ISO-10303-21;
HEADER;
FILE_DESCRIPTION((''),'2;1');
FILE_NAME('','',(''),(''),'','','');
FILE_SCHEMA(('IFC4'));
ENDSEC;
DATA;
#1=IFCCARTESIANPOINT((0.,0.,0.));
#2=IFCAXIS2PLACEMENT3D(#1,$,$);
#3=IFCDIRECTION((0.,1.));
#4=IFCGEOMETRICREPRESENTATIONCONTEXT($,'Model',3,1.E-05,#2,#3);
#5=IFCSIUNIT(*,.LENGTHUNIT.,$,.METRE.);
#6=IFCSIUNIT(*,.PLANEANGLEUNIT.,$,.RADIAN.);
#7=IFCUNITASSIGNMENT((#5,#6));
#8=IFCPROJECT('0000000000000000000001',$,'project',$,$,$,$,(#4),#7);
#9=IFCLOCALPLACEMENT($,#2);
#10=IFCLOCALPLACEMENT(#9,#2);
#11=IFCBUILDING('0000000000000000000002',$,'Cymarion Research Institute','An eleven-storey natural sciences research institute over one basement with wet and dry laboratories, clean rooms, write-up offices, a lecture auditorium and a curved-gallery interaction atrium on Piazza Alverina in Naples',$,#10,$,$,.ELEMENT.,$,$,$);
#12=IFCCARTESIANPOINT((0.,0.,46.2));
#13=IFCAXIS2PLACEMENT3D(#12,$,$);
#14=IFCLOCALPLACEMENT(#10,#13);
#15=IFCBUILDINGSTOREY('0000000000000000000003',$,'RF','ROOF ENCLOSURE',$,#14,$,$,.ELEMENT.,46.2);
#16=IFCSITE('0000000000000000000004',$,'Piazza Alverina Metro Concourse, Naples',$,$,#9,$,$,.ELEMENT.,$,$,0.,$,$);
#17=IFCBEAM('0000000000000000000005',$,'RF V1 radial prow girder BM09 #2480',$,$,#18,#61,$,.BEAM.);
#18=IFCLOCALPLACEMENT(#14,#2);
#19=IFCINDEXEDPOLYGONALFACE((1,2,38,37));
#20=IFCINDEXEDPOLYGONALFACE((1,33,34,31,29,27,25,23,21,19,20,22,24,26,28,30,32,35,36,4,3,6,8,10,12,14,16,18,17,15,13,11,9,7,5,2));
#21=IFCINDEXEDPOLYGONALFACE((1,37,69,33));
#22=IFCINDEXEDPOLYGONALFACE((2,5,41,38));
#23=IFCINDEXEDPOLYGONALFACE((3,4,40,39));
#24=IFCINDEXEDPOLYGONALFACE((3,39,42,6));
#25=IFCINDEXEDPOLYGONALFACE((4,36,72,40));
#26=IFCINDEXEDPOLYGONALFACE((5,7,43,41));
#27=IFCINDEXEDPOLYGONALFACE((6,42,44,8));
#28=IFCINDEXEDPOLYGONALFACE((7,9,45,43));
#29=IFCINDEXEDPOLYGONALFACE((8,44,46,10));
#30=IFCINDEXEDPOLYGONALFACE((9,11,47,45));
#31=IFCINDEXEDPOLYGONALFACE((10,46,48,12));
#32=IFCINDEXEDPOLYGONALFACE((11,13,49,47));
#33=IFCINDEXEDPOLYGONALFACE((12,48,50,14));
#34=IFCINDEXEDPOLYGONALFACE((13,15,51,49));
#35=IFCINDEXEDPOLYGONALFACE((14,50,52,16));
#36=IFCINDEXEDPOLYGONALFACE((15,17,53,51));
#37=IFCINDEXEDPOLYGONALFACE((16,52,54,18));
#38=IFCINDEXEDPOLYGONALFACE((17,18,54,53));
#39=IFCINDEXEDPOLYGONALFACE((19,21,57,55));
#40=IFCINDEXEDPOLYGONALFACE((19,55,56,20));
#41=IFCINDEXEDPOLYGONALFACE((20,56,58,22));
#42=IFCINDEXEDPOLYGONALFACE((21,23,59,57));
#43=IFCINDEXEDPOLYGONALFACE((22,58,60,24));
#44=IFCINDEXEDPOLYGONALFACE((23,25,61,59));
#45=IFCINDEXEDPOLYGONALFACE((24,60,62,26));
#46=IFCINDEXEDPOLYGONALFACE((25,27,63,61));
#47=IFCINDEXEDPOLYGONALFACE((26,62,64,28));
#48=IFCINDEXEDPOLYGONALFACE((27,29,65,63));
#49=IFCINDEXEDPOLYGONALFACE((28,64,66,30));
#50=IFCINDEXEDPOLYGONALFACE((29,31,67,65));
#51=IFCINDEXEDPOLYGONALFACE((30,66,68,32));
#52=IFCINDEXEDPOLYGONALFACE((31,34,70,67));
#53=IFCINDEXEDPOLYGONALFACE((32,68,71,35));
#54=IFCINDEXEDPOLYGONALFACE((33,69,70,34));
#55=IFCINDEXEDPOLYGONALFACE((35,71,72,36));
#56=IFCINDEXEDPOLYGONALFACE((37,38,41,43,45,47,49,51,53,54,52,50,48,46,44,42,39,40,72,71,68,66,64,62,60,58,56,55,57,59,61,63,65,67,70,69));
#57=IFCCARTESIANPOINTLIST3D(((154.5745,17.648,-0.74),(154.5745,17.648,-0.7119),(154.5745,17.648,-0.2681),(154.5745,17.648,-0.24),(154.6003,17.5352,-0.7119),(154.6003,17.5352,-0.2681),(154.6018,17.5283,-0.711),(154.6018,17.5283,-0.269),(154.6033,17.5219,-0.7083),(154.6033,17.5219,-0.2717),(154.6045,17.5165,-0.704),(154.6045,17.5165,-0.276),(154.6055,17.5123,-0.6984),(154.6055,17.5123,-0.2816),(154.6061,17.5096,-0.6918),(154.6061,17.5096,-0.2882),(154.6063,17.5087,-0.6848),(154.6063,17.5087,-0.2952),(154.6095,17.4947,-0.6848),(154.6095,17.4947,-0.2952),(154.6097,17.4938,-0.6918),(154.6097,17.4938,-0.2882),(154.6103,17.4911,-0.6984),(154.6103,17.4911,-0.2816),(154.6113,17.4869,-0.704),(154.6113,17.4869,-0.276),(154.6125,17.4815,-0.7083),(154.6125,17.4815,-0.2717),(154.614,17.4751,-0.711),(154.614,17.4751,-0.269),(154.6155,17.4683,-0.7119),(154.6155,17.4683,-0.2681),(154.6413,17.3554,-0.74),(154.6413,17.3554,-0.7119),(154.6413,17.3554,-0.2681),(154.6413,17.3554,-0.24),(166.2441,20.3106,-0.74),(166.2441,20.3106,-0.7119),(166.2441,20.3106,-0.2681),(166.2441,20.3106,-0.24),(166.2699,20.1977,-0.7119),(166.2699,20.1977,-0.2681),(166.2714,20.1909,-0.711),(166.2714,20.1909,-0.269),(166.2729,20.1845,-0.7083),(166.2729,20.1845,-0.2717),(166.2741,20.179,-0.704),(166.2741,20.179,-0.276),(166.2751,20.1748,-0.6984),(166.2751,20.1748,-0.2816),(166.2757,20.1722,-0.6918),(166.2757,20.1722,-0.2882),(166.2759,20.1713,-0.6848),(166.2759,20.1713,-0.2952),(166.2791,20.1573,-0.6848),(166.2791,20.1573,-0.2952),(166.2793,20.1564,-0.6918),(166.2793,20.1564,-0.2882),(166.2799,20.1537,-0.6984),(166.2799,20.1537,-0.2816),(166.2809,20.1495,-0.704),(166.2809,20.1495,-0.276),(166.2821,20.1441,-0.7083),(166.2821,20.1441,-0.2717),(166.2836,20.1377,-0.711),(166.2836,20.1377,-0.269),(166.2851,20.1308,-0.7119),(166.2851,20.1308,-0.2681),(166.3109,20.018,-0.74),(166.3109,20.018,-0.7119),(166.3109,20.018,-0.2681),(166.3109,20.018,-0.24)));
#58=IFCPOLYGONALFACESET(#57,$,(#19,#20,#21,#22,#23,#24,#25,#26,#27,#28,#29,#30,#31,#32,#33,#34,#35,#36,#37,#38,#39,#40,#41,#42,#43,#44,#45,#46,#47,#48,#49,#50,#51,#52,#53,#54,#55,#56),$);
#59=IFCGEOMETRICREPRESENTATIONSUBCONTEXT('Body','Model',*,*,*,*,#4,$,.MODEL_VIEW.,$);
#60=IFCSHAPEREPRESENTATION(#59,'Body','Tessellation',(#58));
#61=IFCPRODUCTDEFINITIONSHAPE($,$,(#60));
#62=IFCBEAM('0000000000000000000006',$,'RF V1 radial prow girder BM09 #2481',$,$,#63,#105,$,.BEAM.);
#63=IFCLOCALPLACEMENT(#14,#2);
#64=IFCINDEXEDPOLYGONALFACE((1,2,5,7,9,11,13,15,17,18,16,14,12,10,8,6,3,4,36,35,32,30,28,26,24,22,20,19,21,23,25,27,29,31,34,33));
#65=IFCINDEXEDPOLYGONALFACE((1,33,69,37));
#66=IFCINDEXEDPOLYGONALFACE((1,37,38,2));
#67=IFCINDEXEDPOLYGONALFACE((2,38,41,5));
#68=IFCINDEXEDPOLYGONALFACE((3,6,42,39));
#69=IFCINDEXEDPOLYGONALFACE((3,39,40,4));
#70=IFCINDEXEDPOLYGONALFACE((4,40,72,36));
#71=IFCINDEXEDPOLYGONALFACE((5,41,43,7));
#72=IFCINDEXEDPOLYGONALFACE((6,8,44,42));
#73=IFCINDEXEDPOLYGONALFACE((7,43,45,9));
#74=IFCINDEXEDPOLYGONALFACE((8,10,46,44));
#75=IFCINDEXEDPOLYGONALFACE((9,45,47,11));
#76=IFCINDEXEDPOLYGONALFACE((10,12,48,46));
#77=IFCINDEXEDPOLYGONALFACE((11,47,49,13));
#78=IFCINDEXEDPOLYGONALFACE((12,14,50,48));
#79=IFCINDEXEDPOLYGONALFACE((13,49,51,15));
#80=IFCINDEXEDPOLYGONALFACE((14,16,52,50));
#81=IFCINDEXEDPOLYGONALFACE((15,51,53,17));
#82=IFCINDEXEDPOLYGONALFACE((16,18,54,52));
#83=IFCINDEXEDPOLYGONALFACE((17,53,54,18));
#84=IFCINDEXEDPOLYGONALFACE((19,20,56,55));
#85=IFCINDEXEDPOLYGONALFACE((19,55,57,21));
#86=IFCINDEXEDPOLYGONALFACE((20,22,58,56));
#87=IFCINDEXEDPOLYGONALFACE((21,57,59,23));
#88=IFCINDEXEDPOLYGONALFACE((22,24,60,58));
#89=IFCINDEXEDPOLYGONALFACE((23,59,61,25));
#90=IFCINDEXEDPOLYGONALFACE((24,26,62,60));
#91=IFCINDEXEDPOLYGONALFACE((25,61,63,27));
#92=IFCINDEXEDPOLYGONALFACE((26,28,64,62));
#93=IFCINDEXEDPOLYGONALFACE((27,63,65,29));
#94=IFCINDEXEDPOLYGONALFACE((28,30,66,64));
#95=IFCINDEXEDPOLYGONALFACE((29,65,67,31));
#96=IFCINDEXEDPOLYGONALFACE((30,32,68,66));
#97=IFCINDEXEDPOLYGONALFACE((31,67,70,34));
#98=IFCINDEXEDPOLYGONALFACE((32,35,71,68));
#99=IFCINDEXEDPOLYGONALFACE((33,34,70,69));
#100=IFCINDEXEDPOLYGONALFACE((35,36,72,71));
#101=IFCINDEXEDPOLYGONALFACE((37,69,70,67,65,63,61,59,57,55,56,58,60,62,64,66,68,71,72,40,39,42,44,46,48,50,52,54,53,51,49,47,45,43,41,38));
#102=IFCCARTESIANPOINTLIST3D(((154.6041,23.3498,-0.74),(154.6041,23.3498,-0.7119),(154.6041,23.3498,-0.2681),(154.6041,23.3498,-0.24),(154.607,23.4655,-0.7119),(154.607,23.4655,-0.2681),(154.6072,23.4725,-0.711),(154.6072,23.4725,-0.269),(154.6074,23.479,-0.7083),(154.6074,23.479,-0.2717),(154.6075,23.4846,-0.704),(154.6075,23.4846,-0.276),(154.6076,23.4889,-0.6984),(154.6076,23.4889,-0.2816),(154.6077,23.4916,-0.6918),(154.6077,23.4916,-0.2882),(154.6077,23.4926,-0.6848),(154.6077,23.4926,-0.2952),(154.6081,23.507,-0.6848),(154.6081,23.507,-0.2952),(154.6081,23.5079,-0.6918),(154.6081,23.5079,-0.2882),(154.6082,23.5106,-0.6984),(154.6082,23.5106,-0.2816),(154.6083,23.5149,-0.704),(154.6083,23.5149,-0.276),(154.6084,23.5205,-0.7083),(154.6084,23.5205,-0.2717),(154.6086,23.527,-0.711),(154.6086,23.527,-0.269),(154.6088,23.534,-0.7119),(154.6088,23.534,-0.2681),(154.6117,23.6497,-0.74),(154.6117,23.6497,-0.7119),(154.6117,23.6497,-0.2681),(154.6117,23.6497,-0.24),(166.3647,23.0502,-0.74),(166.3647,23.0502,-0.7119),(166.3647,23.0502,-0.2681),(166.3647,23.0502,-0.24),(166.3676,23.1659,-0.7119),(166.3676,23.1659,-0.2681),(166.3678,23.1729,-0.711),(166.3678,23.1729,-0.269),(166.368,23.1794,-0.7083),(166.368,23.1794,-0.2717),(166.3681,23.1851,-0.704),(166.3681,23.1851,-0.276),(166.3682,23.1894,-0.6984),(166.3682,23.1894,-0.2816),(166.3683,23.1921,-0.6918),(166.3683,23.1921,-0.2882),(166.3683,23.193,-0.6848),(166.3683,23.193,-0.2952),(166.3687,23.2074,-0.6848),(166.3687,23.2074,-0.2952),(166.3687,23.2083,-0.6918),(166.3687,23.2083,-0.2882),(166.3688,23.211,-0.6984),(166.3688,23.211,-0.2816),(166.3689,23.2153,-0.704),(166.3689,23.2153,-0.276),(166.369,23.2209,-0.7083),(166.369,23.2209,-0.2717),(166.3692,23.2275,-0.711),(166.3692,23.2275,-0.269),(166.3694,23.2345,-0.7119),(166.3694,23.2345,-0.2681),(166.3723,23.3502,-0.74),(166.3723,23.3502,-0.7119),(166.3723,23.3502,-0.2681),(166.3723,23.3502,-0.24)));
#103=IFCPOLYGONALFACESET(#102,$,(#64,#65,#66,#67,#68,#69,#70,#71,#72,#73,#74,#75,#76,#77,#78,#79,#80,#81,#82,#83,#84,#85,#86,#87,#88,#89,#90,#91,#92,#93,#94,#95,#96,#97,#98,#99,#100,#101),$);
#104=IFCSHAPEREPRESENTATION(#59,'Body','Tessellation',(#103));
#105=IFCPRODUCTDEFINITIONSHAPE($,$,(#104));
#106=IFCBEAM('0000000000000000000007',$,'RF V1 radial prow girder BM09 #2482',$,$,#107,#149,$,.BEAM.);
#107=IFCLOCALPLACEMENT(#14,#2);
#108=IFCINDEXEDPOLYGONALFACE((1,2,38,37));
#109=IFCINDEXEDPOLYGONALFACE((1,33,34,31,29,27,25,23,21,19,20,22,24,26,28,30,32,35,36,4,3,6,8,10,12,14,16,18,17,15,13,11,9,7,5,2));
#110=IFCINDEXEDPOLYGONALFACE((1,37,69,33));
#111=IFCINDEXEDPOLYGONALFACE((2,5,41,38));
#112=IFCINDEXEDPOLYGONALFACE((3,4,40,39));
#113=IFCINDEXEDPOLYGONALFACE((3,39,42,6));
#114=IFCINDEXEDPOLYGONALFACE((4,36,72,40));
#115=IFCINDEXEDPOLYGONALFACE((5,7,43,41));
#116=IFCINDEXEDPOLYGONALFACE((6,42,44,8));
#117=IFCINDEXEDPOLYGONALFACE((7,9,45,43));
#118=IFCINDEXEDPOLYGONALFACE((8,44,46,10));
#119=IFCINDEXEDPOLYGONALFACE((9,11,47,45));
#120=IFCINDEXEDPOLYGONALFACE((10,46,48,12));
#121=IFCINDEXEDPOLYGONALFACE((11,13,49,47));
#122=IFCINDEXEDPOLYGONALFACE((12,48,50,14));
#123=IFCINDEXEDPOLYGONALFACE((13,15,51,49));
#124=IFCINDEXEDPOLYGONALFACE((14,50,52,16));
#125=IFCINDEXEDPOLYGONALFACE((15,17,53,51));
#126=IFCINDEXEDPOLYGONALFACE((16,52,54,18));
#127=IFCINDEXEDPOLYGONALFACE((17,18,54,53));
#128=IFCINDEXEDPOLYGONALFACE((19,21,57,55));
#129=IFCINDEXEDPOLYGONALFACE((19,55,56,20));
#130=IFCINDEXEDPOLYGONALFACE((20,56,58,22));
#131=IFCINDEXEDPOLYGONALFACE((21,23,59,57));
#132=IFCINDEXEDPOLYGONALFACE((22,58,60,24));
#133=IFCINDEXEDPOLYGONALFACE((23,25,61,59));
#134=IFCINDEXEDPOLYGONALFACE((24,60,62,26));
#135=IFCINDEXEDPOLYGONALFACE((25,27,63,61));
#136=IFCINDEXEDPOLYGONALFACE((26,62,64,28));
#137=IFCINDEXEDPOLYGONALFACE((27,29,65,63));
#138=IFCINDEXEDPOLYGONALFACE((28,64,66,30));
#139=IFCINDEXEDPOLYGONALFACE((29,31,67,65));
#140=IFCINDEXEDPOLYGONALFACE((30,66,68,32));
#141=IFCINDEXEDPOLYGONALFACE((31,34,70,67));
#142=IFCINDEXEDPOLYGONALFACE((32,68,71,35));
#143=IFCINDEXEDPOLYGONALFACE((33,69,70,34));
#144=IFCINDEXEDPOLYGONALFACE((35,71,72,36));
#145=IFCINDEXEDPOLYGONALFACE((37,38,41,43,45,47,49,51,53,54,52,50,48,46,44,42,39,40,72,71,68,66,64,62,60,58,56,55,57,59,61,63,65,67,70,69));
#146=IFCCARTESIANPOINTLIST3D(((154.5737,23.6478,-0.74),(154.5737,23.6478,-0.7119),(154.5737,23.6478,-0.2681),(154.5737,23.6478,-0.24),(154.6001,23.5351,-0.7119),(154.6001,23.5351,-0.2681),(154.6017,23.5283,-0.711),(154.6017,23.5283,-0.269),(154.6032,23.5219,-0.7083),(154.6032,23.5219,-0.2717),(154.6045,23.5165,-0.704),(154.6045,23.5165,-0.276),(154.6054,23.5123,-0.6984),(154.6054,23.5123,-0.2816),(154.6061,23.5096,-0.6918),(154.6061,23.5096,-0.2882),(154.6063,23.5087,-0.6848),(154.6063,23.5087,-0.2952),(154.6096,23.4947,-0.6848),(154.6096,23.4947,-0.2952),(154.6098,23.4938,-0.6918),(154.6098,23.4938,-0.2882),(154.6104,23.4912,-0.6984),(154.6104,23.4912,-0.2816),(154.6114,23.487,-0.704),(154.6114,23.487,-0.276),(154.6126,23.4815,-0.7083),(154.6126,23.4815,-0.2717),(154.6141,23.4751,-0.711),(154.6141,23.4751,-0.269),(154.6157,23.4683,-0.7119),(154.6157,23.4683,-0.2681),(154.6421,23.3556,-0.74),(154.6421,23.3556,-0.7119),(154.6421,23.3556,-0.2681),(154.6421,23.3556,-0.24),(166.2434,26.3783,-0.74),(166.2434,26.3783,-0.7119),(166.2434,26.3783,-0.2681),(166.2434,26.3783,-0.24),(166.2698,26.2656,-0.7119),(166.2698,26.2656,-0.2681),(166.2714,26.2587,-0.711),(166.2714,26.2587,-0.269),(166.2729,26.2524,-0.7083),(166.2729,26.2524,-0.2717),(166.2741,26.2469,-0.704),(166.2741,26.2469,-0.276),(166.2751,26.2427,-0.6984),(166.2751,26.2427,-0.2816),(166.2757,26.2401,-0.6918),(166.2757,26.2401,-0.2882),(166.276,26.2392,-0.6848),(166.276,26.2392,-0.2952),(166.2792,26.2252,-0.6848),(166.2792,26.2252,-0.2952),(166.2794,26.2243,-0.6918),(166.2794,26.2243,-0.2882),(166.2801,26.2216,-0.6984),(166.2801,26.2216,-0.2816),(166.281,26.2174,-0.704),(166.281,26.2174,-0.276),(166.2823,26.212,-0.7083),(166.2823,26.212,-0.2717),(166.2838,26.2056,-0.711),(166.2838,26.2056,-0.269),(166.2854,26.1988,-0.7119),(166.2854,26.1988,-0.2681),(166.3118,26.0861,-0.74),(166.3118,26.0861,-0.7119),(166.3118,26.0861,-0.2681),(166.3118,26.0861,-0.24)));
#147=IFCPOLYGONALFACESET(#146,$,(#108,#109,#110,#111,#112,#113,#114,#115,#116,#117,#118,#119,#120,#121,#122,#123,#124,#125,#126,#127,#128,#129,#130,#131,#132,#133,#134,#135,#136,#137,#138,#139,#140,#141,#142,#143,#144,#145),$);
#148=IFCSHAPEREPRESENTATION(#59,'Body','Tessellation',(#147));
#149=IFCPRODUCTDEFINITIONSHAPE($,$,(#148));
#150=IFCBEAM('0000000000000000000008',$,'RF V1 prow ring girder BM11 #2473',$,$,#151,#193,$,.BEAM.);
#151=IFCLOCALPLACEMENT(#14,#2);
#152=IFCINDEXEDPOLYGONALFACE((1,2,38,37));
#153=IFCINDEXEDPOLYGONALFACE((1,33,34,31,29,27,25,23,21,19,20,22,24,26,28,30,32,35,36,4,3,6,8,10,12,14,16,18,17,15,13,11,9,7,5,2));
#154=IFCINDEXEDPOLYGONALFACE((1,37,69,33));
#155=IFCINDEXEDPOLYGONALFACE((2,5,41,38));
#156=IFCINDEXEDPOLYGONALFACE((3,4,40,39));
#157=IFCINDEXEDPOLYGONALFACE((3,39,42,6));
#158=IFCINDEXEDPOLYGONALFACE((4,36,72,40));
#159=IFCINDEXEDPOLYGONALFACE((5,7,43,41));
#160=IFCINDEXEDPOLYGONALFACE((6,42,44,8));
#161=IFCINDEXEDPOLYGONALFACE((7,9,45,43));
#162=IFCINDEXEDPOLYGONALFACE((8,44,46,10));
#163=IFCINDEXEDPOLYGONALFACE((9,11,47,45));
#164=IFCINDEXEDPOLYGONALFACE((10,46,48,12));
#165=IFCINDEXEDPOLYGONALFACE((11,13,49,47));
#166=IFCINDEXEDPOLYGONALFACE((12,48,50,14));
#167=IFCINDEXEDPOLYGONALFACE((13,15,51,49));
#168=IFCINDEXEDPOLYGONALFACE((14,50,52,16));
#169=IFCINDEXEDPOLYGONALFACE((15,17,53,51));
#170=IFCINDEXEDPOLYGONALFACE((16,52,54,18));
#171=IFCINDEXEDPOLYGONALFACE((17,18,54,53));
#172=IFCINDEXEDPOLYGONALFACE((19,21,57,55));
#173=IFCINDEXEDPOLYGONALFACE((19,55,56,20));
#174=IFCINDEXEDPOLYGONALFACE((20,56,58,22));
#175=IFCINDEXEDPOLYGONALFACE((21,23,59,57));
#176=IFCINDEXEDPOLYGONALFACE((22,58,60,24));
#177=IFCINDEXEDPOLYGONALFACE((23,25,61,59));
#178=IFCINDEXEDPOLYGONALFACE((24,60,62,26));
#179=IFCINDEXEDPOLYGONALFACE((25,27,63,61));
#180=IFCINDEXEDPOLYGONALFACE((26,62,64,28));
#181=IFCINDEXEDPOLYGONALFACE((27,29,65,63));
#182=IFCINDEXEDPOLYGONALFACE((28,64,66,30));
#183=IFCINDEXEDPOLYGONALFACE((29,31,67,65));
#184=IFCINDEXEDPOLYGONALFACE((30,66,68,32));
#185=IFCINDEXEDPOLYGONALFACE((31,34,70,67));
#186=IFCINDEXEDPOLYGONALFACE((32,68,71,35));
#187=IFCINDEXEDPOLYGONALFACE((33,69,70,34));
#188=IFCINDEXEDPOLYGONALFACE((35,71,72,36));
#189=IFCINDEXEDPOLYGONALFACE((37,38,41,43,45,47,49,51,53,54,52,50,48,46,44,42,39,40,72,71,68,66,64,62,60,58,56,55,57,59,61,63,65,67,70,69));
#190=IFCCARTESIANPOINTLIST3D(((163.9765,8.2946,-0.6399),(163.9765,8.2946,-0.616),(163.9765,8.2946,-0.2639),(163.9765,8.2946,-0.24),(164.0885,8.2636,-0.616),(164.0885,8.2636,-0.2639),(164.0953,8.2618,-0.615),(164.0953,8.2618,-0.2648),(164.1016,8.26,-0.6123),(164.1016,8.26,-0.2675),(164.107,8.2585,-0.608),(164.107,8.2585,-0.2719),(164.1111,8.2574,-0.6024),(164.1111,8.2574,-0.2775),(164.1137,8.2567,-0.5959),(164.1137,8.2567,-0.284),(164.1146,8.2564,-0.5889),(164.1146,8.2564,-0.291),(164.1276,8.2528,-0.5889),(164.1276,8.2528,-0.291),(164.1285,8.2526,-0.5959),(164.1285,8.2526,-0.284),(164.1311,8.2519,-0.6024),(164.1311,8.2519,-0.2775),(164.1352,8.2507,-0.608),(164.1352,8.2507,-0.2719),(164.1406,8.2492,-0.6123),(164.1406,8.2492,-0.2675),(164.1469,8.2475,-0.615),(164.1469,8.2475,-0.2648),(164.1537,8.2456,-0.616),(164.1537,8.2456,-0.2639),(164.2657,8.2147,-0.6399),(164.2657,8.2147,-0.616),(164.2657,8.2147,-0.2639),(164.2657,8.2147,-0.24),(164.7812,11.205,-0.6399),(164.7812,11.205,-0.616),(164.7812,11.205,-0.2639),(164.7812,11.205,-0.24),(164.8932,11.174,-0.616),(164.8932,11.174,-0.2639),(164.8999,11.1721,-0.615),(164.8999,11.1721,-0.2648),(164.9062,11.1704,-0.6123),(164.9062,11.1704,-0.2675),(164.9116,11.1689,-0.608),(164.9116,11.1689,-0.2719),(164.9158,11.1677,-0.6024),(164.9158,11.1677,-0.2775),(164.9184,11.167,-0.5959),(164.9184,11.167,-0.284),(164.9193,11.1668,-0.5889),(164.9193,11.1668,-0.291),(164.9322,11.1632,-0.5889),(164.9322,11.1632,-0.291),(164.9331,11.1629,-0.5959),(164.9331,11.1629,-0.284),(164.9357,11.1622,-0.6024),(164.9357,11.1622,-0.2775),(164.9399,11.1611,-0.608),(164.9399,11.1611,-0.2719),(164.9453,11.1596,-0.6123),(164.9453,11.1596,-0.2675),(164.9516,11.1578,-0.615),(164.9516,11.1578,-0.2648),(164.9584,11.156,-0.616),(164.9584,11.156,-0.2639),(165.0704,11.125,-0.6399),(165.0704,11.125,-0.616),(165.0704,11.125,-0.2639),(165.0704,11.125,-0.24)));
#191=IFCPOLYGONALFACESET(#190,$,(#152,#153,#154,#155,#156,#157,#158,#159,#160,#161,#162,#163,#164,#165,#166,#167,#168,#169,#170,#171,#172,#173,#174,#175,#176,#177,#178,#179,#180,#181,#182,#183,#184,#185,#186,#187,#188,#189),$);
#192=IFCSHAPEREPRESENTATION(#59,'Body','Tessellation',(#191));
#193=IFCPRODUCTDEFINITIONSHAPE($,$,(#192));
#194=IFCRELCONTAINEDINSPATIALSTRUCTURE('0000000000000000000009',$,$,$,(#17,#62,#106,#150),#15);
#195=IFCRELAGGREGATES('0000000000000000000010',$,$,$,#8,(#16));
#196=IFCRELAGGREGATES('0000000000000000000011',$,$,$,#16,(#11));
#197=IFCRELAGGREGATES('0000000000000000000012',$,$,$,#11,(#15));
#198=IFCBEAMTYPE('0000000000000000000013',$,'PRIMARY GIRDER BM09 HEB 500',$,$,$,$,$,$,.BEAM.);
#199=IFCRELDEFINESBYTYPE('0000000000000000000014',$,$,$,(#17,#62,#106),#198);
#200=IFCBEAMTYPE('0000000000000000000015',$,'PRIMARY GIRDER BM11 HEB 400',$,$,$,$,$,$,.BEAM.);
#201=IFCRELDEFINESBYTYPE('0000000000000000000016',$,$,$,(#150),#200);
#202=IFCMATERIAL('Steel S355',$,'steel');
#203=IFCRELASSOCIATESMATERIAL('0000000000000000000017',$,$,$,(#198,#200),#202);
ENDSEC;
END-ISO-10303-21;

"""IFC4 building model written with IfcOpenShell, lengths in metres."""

from ifc_helpers import new_model, si_unit, direction, frame, origin, origin_2d, place, context, subcontext, project, spatial, i_section, extrude, material, material_profile, profile_set, type_object, element, save


model = new_model("IFC4")

# Units and contexts
model_context = context("Model", 3, precision=1e-05, world=origin(), true_north=direction((0.0, 1.0)))
body_context = subcontext(model_context, "Body", "Model", "MODEL_VIEW")
ifc_project = project(units=[si_unit("LENGTHUNIT", "METRE"), si_unit("PLANEANGLEUNIT", "RADIAN")], contexts=[model_context])

# Site, building, storey
site_placement = place(None, origin())
site = spatial("IfcSite", under=ifc_project, at=site_placement, Name="Piazza Alverina Metro Concourse, Naples", CompositionType="ELEMENT", RefElevation=0.0)
building_placement = place(site_placement, origin())
building = spatial("IfcBuilding", under=site, at=building_placement, Name="Cymarion Research Institute", Description="An eleven-storey natural sciences research institute over one basement with wet and dry laboratories, clean rooms, write-up offices, a lecture auditorium and a curved-gallery interaction atrium on Piazza Alverina in Naples", CompositionType="ELEMENT")
storey_placement = place(building_placement, frame((0.0, 0.0, 46.2)))
storey = spatial("IfcBuildingStorey", under=building, at=storey_placement, Name="RF", Description="ROOF ENCLOSURE", CompositionType="ELEMENT", Elevation=46.2)

# Beams
ifc_material_1 = material(Name="Steel S355", Category="steel")
ifc_material_profile_1 = material_profile(ifc_material_1, i_section(OverallWidth=0.3, OverallDepth=0.5, WebThickness=0.0144, FlangeThickness=0.0281, FilletRadius=0.0271, at=origin_2d()), Name="HEB 500")
ifc_profile_set_1 = profile_set([ifc_material_profile_1], Name="Steel S355")
beam_type_1 = type_object("IfcBeamType", Name="PRIMARY GIRDER BM09 HEB 500", PredefinedType="BEAM", material=ifc_profile_set_1)
beam_1_placement = place(storey_placement, frame((154.6079, 17.5017, -0.49), z_axis=(0.974945, 0.222447, 0.0), x_axis=(-0.222447, 0.974945, 0.0)))
element("IfcBeam", 1, at=beam_1_placement, inside=storey, type_object=beam_type_1, Name="RF V1 radial prow girder BM09 #2480", PredefinedType="BEAM", context=body_context, shape_type="SweptSolid", body=[
    extrude(i_section(OverallWidth=0.3, OverallDepth=0.5, WebThickness=0.0144, FlangeThickness=0.0281, FilletRadius=0.0271, at=origin_2d()), origin(), (0.0, 0.0, 1.0), 11.9695),
])
beam_2_placement = place(storey_placement, frame((154.6079, 23.4998, -0.49), z_axis=(0.999676, -0.025463, 0.0), x_axis=(0.025463, 0.999676, 0.0)))
element("IfcBeam", 2, at=beam_2_placement, inside=storey, type_object=beam_type_1, Name="RF V1 radial prow girder BM09 #2481", PredefinedType="BEAM", context=body_context, shape_type="SweptSolid", body=[
    extrude(i_section(OverallWidth=0.3, OverallDepth=0.5, WebThickness=0.0144, FlangeThickness=0.0281, FilletRadius=0.0271, at=origin_2d()), origin(), (0.0, 0.0, 1.0), 11.7644),
])
beam_3_placement = place(storey_placement, frame((154.6079, 23.5017, -0.49), z_axis=(0.973702, 0.227827, 0.0), x_axis=(-0.227827, 0.973702, 0.0)))
element("IfcBeam", 3, at=beam_3_placement, inside=storey, type_object=beam_type_1, Name="RF V1 radial prow girder BM09 #2482", PredefinedType="BEAM", context=body_context, shape_type="SweptSolid", body=[
    extrude(i_section(OverallWidth=0.3, OverallDepth=0.5, WebThickness=0.0144, FlangeThickness=0.0281, FilletRadius=0.0271, at=origin_2d()), origin(), (0.0, 0.0, 1.0), 11.9849),
])
ifc_material_profile_2 = material_profile(ifc_material_1, i_section(OverallWidth=0.3, OverallDepth=0.3999, WebThickness=0.0134, FlangeThickness=0.0239, FilletRadius=0.0271, at=origin_2d()), Name="HEB 400")
ifc_profile_set_2 = profile_set([ifc_material_profile_2], Name="Steel S355")
beam_type_2 = type_object("IfcBeamType", Name="PRIMARY GIRDER BM11 HEB 400", PredefinedType="BEAM", material=ifc_profile_set_2)
for number, where, z_axis, x_axis, name in (
    (4, (164.1211, 8.2546, -0.4399), (0.266489, 0.963838, 0.0), (-0.963838, 0.266489, 0.0), "RF V1 prow ring girder BM11 #2473"),
):
    element("IfcBeam", number, at=place(storey_placement, frame(where, z_axis=z_axis, x_axis=x_axis)), inside=storey, type_object=beam_type_2, Name=name, PredefinedType="BEAM", context=body_context, shape_type="SweptSolid", body=[
        extrude(i_section(OverallWidth=0.3, OverallDepth=0.3999, WebThickness=0.0134, FlangeThickness=0.0239, FilletRadius=0.0271, at=origin_2d()), origin(), (0.0, 0.0, 1.0), 3.0195),
    ])

save(model, "model.ifc")
